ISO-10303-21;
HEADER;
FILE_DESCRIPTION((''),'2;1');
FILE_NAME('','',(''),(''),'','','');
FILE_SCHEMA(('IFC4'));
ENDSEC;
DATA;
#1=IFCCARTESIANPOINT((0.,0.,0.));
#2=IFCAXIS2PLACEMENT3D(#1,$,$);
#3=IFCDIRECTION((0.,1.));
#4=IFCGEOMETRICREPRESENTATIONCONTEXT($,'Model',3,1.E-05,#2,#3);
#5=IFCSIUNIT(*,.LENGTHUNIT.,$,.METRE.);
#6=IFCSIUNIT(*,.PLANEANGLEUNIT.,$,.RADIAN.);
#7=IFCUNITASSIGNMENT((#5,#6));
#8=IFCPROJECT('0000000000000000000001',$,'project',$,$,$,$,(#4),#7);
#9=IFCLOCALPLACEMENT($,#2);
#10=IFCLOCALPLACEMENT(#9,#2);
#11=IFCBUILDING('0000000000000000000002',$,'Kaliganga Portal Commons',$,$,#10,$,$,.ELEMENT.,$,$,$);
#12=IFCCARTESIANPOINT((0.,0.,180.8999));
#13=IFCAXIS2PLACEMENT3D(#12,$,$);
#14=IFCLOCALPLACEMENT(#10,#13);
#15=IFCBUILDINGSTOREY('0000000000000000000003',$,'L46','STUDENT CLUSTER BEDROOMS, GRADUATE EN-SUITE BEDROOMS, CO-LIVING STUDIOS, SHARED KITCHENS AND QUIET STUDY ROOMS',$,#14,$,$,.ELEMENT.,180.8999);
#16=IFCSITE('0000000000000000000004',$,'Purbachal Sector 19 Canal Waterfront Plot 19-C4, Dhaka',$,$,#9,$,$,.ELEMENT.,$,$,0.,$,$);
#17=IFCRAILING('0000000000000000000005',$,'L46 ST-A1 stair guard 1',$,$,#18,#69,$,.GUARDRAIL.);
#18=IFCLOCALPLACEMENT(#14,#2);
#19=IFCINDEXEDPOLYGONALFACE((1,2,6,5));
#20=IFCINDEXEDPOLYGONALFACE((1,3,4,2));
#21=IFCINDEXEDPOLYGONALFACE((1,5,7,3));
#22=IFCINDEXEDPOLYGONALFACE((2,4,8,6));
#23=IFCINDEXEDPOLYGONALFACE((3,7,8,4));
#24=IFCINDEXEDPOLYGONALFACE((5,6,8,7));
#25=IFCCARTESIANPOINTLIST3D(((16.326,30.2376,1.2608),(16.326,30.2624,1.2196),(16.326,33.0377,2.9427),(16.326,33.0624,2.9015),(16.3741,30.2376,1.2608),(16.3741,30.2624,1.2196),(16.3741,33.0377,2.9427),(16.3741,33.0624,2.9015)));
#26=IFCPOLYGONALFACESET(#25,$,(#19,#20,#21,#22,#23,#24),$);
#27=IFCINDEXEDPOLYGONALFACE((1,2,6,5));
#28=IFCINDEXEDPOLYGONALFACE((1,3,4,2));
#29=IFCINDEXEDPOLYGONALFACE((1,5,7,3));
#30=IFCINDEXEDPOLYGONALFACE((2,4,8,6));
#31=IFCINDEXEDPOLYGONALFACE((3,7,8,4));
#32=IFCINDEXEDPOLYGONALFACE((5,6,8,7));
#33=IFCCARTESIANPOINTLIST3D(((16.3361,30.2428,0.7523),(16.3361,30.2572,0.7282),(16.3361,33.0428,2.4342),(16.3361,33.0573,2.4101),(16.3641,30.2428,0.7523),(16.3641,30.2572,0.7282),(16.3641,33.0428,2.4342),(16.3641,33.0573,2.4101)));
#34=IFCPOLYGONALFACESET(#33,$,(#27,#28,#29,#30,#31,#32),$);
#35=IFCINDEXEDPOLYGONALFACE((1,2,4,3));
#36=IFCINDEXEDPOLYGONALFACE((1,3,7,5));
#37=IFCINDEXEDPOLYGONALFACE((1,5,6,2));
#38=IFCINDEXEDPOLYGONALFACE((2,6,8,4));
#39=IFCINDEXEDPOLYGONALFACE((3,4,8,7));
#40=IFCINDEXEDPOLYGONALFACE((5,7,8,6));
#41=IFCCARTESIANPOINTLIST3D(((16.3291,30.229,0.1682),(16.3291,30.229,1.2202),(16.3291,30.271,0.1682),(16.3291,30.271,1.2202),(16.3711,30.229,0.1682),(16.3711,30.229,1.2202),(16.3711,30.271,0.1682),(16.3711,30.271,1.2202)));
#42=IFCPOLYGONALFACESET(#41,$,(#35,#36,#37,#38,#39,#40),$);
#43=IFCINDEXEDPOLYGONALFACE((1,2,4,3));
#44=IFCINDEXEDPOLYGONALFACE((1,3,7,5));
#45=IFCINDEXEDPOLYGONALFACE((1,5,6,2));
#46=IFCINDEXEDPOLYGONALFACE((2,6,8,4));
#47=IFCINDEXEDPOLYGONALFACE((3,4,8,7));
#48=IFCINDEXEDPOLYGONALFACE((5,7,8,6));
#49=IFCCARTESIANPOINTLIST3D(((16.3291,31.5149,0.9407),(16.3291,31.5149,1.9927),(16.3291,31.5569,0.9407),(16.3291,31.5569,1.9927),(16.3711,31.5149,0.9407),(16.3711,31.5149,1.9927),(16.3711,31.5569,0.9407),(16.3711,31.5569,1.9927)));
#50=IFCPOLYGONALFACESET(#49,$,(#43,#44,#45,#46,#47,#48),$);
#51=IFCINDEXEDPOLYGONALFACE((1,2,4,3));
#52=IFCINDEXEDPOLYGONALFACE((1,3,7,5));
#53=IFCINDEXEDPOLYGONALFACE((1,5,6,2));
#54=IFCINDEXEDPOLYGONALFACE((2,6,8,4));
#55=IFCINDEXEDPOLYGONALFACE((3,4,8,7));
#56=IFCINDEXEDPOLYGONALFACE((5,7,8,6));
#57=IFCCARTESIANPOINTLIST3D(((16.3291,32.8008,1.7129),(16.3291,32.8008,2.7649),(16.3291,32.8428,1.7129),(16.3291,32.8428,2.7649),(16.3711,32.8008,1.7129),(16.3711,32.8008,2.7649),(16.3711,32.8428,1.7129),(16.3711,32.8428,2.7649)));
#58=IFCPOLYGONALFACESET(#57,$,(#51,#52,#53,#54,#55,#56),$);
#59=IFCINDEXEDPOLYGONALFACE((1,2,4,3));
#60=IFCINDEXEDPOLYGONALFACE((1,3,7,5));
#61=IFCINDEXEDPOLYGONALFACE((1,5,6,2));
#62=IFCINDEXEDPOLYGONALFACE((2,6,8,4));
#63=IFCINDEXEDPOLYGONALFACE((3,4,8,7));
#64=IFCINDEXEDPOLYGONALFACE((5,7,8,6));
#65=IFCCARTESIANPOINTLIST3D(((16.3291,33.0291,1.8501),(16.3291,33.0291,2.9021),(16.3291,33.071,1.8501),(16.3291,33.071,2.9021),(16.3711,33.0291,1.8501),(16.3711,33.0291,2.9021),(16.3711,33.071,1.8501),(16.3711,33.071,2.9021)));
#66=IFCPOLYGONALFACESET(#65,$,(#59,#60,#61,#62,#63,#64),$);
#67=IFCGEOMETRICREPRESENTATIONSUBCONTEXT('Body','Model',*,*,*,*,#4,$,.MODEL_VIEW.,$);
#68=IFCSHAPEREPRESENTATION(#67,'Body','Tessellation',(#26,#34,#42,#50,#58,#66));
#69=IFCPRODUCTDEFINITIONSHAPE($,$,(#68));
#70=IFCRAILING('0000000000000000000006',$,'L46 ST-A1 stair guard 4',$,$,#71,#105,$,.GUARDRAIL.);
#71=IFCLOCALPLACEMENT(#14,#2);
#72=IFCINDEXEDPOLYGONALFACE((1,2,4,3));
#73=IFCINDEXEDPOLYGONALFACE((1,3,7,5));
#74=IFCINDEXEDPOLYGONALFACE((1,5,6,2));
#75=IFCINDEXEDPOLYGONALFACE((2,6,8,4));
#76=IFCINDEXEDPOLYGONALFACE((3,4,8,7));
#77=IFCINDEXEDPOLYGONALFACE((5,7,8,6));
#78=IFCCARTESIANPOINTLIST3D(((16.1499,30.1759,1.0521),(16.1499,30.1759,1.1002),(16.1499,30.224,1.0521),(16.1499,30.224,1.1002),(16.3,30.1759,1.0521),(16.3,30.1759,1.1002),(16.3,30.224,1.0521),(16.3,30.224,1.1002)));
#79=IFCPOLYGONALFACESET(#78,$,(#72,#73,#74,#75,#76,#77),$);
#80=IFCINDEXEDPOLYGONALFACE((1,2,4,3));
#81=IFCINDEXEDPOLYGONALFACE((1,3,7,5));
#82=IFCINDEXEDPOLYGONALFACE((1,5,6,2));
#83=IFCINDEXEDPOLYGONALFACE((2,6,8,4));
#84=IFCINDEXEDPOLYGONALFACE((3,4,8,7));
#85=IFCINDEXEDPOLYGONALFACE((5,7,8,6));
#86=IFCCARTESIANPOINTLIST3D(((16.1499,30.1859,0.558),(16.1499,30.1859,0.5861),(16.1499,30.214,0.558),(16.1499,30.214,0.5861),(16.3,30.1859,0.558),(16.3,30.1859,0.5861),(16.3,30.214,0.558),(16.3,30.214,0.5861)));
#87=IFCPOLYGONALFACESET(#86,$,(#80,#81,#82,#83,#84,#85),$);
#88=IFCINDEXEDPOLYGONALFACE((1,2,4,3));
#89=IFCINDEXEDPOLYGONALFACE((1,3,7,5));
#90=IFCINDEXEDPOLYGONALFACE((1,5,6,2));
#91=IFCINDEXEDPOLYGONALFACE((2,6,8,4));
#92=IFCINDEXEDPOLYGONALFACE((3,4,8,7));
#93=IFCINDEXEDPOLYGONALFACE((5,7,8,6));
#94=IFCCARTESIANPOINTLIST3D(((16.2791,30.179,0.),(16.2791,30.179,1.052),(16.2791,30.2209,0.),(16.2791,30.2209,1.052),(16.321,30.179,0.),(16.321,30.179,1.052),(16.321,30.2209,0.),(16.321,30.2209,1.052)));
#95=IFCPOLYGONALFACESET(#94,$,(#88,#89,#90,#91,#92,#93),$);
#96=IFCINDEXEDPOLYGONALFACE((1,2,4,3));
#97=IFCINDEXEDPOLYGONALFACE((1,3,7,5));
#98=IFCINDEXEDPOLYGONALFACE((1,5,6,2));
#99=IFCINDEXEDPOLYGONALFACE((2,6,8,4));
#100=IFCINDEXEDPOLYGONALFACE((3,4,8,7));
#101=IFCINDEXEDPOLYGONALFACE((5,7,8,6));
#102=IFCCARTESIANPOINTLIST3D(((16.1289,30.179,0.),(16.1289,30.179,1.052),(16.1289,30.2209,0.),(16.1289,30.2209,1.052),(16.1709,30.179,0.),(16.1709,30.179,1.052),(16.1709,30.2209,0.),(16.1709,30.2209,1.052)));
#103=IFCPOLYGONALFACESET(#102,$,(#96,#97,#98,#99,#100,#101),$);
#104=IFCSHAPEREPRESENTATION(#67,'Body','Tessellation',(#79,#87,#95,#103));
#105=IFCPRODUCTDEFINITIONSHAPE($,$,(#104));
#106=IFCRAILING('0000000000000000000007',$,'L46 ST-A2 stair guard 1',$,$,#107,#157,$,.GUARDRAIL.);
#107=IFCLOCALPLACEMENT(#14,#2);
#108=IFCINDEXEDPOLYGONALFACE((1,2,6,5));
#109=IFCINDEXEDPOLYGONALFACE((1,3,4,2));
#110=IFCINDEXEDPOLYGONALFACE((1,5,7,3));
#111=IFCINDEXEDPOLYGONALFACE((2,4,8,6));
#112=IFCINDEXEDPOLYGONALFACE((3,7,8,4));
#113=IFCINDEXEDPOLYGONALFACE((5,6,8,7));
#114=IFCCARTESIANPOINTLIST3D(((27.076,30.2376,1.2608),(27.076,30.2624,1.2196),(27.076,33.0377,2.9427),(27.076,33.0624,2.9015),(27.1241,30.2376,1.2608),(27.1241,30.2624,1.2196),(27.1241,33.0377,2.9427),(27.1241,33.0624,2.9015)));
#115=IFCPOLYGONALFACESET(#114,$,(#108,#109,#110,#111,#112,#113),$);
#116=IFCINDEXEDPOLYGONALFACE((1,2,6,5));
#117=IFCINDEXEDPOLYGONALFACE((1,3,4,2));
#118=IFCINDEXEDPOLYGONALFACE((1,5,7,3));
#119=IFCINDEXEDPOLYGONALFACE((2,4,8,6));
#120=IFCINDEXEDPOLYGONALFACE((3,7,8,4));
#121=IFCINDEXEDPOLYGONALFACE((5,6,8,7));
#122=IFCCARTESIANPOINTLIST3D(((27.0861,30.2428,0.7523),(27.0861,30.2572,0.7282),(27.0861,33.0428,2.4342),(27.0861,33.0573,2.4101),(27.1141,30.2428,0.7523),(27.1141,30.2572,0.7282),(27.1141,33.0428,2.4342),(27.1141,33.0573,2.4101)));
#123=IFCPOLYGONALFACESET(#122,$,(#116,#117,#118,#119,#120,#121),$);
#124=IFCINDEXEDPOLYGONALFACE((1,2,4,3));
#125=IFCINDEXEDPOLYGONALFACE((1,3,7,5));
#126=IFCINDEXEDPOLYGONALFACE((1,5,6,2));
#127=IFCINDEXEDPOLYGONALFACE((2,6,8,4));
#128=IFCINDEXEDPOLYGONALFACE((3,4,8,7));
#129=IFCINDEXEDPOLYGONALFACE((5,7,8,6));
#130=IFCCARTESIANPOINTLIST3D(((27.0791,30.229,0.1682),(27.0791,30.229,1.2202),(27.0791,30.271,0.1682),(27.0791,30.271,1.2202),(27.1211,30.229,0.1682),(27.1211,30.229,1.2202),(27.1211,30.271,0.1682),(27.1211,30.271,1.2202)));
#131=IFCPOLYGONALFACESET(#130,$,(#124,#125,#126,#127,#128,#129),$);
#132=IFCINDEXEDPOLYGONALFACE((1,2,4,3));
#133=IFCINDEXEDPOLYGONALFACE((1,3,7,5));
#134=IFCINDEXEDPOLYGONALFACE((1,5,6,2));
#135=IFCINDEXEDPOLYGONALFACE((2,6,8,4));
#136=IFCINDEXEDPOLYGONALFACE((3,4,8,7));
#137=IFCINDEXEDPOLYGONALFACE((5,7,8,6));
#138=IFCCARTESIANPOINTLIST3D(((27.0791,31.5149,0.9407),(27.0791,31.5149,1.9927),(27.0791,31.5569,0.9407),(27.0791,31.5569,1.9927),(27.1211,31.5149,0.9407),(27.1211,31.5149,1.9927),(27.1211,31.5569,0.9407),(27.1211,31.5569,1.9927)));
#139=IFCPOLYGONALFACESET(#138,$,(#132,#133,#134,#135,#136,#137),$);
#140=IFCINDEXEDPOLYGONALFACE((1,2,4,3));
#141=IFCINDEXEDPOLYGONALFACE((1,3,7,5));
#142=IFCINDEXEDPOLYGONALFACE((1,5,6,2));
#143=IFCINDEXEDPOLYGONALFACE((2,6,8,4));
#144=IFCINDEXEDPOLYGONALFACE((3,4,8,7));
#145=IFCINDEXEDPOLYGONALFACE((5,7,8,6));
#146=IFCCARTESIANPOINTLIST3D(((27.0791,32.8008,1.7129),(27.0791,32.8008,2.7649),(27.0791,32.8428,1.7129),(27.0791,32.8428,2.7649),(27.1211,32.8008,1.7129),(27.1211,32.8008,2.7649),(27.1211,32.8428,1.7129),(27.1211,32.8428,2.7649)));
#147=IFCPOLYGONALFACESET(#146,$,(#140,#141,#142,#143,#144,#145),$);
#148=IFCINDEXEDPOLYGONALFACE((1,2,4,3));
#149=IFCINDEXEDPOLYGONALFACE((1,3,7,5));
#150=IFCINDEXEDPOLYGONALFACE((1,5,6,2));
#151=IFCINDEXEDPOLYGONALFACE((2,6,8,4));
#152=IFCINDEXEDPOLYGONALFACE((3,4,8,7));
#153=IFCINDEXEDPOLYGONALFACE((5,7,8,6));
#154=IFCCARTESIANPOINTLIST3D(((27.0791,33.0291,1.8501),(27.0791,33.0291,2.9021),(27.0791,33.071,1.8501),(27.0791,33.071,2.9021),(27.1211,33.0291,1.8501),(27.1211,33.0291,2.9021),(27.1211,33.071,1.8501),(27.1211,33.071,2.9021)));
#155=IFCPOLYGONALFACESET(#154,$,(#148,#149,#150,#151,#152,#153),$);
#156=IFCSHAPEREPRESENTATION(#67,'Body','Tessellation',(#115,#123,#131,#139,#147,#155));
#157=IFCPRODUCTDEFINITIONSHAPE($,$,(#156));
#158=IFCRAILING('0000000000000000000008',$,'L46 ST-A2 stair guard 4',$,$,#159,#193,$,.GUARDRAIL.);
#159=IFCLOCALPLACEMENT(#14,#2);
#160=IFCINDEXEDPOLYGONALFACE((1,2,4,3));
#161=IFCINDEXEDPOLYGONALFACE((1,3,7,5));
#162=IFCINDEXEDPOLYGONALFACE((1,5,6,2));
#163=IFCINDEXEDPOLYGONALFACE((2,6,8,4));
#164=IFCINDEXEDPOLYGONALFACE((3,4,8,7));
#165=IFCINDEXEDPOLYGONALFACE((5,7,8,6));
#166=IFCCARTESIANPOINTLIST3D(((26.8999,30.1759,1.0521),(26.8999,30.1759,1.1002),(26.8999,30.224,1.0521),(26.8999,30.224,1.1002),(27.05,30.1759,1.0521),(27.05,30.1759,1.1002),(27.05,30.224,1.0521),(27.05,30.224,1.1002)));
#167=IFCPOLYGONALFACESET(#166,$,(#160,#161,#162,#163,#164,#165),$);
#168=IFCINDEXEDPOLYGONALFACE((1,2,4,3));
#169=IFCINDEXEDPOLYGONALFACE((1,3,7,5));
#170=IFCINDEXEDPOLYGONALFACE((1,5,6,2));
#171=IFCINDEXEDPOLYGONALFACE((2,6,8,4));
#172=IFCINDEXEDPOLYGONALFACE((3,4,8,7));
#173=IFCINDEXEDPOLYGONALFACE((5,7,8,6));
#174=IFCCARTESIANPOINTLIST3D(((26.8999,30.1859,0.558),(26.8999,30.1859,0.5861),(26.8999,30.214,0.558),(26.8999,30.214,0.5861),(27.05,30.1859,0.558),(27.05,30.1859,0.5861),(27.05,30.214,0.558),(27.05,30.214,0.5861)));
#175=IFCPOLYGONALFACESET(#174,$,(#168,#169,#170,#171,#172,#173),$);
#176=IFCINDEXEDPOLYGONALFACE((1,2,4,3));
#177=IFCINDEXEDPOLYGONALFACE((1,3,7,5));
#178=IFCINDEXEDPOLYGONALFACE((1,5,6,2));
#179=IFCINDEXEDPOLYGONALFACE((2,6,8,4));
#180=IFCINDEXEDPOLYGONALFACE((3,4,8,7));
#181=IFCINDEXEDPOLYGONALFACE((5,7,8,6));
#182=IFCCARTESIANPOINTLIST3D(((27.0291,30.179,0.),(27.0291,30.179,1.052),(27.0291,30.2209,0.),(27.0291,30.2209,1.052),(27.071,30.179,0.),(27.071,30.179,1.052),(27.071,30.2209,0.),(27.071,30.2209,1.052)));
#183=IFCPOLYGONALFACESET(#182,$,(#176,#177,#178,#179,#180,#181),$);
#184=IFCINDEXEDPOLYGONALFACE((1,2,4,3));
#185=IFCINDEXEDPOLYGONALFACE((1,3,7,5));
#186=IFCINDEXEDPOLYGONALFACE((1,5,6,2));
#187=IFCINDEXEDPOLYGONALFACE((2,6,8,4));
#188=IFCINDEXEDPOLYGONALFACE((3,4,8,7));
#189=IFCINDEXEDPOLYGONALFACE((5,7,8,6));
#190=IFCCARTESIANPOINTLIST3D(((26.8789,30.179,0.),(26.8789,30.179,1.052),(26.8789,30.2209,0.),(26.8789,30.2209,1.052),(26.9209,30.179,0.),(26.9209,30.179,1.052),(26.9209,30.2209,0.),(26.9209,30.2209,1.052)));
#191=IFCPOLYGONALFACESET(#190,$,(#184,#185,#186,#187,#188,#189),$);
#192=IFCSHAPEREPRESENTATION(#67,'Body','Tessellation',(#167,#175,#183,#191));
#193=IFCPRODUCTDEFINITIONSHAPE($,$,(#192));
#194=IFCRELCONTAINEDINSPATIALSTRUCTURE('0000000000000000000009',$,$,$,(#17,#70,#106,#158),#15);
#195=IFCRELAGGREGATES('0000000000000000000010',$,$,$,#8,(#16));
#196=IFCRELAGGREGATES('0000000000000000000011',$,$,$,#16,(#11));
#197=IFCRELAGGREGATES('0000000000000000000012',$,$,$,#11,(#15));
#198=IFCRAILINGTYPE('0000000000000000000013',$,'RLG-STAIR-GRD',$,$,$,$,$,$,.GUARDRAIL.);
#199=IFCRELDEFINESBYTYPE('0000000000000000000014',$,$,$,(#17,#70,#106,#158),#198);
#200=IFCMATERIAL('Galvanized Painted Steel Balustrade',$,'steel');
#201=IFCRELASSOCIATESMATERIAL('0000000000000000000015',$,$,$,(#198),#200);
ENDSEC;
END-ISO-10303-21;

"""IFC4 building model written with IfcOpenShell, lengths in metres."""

from ifc_helpers import new_model, si_unit, direction, frame, origin, origin_2d, place, context, subcontext, project, spatial, rectangle, extrude, material, type_object, element, save


model = new_model("IFC4")

# Units and contexts
model_context = context("Model", 3, precision=1e-05, world=origin(), true_north=direction((0.0, 1.0)))
body_context = subcontext(model_context, "Body", "Model", "MODEL_VIEW")
ifc_project = project(units=[si_unit("LENGTHUNIT", "METRE"), si_unit("PLANEANGLEUNIT", "RADIAN")], contexts=[model_context])

# Site, building, storey
site_placement = place(None, origin())
site = spatial("IfcSite", under=ifc_project, at=site_placement, Name="Purbachal Sector 19 Canal Waterfront Plot 19-C4, Dhaka", CompositionType="ELEMENT", RefElevation=0.0)
building_placement = place(site_placement, origin())
building = spatial("IfcBuilding", under=site, at=building_placement, Name="Kaliganga Portal Commons", CompositionType="ELEMENT")
storey_placement = place(building_placement, frame((0.0, 0.0, 180.8999)))
storey = spatial("IfcBuildingStorey", under=building, at=storey_placement, Name="L46", Description="STUDENT CLUSTER BEDROOMS, GRADUATE EN-SUITE BEDROOMS, CO-LIVING STUDIOS, SHARED KITCHENS AND QUIET STUDY ROOMS", CompositionType="ELEMENT", Elevation=180.8999)

# Railings
ifc_material_1 = material(Name="Galvanized Painted Steel Balustrade", Category="steel")
railing_type_1 = type_object("IfcRailingType", Name="RLG-STAIR-GRD", PredefinedType="GUARDRAIL", material=ifc_material_1)
railing_1_placement = place(storey_placement, frame((16.3501, 30.25, 0.1682)))
element("IfcRailing", 1, at=railing_1_placement, inside=storey, type_object=railing_type_1, Name="L46 ST-A1 stair guard 1", PredefinedType="GUARDRAIL", context=body_context, shape_type="SweptSolid", body=[
    extrude(rectangle(XDim=0.0481, YDim=0.0481, at=origin_2d()), frame((0.0, 0.0, 1.072), z_axis=(0.0, 0.857242, 0.514913), x_axis=(-1.0, 0.0, 0.0)), (0.0, 0.0, 1.0), 3.2664),
    extrude(rectangle(XDim=0.0281, YDim=0.0281, at=origin_2d()), frame((0.0, 0.0, 0.572), z_axis=(0.0, 0.857242, 0.514913), x_axis=(-1.0, 0.0, 0.0)), (0.0, 0.0, 1.0), 3.2664),
    extrude(rectangle(XDim=0.042, YDim=0.042, at=origin_2d()), origin(), (0.0, 0.0, 1.0), 1.052),
    extrude(rectangle(XDim=0.042, YDim=0.042, at=origin_2d()), frame((0.0, 1.2859, 0.7725)), (0.0, 0.0, 1.0), 1.052),
    extrude(rectangle(XDim=0.042, YDim=0.042, at=origin_2d()), frame((0.0, 2.5718, 1.5447)), (0.0, 0.0, 1.0), 1.052),
    extrude(rectangle(XDim=0.042, YDim=0.042, at=origin_2d()), frame((0.0, 2.8, 1.6819)), (0.0, 0.0, 1.0), 1.052),
])
railing_2_placement = place(storey_placement, frame((16.3, 30.2, 0.0)))
element("IfcRailing", 2, at=railing_2_placement, inside=storey, type_object=railing_type_1, Name="L46 ST-A1 stair guard 4", PredefinedType="GUARDRAIL", context=body_context, shape_type="SweptSolid", body=[
    extrude(rectangle(XDim=0.0481, YDim=0.0481, at=origin_2d()), frame((0.0, 0.0, 1.0762), z_axis=(-1.0, 0.0, 0.0), x_axis=(0.0, -1.0, 0.0)), (0.0, 0.0, 1.0), 0.1501),
    extrude(rectangle(XDim=0.0281, YDim=0.0281, at=origin_2d()), frame((0.0, 0.0, 0.572), z_axis=(-1.0, 0.0, 0.0), x_axis=(0.0, -1.0, 0.0)), (0.0, 0.0, 1.0), 0.1501),
    extrude(rectangle(XDim=0.042, YDim=0.042, at=origin_2d()), origin(), (0.0, 0.0, 1.0), 1.052),
    extrude(rectangle(XDim=0.042, YDim=0.042, at=origin_2d()), frame((-0.1501, 0.0, 0.0)), (0.0, 0.0, 1.0), 1.052),
])
railing_3_placement = place(storey_placement, frame((27.1001, 30.25, 0.1682)))
element("IfcRailing", 3, at=railing_3_placement, inside=storey, type_object=railing_type_1, Name="L46 ST-A2 stair guard 1", PredefinedType="GUARDRAIL", context=body_context, shape_type="SweptSolid", body=[
    extrude(rectangle(XDim=0.0481, YDim=0.0481, at=origin_2d()), frame((0.0, 0.0, 1.072), z_axis=(0.0, 0.857242, 0.514913), x_axis=(-1.0, 0.0, 0.0)), (0.0, 0.0, 1.0), 3.2664),
    extrude(rectangle(XDim=0.0281, YDim=0.0281, at=origin_2d()), frame((0.0, 0.0, 0.572), z_axis=(0.0, 0.857242, 0.514913), x_axis=(-1.0, 0.0, 0.0)), (0.0, 0.0, 1.0), 3.2664),
    extrude(rectangle(XDim=0.042, YDim=0.042, at=origin_2d()), origin(), (0.0, 0.0, 1.0), 1.052),
    extrude(rectangle(XDim=0.042, YDim=0.042, at=origin_2d()), frame((0.0, 1.2859, 0.7725)), (0.0, 0.0, 1.0), 1.052),
    extrude(rectangle(XDim=0.042, YDim=0.042, at=origin_2d()), frame((0.0, 2.5718, 1.5447)), (0.0, 0.0, 1.0), 1.052),
    extrude(rectangle(XDim=0.042, YDim=0.042, at=origin_2d()), frame((0.0, 2.8, 1.6819)), (0.0, 0.0, 1.0), 1.052),
])
railing_4_placement = place(storey_placement, frame((27.05, 30.2, 0.0)))
element("IfcRailing", 4, at=railing_4_placement, inside=storey, type_object=railing_type_1, Name="L46 ST-A2 stair guard 4", PredefinedType="GUARDRAIL", context=body_context, shape_type="SweptSolid", body=[
    extrude(rectangle(XDim=0.0481, YDim=0.0481, at=origin_2d()), frame((0.0, 0.0, 1.0762), z_axis=(-1.0, 0.0, 0.0), x_axis=(0.0, -1.0, 0.0)), (0.0, 0.0, 1.0), 0.1501),
    extrude(rectangle(XDim=0.0281, YDim=0.0281, at=origin_2d()), frame((0.0, 0.0, 0.572), z_axis=(-1.0, 0.0, 0.0), x_axis=(0.0, -1.0, 0.0)), (0.0, 0.0, 1.0), 0.1501),
    extrude(rectangle(XDim=0.042, YDim=0.042, at=origin_2d()), origin(), (0.0, 0.0, 1.0), 1.052),
    extrude(rectangle(XDim=0.042, YDim=0.042, at=origin_2d()), frame((-0.1501, 0.0, 0.0)), (0.0, 0.0, 1.0), 1.052),
])

save(model, "model.ifc")
